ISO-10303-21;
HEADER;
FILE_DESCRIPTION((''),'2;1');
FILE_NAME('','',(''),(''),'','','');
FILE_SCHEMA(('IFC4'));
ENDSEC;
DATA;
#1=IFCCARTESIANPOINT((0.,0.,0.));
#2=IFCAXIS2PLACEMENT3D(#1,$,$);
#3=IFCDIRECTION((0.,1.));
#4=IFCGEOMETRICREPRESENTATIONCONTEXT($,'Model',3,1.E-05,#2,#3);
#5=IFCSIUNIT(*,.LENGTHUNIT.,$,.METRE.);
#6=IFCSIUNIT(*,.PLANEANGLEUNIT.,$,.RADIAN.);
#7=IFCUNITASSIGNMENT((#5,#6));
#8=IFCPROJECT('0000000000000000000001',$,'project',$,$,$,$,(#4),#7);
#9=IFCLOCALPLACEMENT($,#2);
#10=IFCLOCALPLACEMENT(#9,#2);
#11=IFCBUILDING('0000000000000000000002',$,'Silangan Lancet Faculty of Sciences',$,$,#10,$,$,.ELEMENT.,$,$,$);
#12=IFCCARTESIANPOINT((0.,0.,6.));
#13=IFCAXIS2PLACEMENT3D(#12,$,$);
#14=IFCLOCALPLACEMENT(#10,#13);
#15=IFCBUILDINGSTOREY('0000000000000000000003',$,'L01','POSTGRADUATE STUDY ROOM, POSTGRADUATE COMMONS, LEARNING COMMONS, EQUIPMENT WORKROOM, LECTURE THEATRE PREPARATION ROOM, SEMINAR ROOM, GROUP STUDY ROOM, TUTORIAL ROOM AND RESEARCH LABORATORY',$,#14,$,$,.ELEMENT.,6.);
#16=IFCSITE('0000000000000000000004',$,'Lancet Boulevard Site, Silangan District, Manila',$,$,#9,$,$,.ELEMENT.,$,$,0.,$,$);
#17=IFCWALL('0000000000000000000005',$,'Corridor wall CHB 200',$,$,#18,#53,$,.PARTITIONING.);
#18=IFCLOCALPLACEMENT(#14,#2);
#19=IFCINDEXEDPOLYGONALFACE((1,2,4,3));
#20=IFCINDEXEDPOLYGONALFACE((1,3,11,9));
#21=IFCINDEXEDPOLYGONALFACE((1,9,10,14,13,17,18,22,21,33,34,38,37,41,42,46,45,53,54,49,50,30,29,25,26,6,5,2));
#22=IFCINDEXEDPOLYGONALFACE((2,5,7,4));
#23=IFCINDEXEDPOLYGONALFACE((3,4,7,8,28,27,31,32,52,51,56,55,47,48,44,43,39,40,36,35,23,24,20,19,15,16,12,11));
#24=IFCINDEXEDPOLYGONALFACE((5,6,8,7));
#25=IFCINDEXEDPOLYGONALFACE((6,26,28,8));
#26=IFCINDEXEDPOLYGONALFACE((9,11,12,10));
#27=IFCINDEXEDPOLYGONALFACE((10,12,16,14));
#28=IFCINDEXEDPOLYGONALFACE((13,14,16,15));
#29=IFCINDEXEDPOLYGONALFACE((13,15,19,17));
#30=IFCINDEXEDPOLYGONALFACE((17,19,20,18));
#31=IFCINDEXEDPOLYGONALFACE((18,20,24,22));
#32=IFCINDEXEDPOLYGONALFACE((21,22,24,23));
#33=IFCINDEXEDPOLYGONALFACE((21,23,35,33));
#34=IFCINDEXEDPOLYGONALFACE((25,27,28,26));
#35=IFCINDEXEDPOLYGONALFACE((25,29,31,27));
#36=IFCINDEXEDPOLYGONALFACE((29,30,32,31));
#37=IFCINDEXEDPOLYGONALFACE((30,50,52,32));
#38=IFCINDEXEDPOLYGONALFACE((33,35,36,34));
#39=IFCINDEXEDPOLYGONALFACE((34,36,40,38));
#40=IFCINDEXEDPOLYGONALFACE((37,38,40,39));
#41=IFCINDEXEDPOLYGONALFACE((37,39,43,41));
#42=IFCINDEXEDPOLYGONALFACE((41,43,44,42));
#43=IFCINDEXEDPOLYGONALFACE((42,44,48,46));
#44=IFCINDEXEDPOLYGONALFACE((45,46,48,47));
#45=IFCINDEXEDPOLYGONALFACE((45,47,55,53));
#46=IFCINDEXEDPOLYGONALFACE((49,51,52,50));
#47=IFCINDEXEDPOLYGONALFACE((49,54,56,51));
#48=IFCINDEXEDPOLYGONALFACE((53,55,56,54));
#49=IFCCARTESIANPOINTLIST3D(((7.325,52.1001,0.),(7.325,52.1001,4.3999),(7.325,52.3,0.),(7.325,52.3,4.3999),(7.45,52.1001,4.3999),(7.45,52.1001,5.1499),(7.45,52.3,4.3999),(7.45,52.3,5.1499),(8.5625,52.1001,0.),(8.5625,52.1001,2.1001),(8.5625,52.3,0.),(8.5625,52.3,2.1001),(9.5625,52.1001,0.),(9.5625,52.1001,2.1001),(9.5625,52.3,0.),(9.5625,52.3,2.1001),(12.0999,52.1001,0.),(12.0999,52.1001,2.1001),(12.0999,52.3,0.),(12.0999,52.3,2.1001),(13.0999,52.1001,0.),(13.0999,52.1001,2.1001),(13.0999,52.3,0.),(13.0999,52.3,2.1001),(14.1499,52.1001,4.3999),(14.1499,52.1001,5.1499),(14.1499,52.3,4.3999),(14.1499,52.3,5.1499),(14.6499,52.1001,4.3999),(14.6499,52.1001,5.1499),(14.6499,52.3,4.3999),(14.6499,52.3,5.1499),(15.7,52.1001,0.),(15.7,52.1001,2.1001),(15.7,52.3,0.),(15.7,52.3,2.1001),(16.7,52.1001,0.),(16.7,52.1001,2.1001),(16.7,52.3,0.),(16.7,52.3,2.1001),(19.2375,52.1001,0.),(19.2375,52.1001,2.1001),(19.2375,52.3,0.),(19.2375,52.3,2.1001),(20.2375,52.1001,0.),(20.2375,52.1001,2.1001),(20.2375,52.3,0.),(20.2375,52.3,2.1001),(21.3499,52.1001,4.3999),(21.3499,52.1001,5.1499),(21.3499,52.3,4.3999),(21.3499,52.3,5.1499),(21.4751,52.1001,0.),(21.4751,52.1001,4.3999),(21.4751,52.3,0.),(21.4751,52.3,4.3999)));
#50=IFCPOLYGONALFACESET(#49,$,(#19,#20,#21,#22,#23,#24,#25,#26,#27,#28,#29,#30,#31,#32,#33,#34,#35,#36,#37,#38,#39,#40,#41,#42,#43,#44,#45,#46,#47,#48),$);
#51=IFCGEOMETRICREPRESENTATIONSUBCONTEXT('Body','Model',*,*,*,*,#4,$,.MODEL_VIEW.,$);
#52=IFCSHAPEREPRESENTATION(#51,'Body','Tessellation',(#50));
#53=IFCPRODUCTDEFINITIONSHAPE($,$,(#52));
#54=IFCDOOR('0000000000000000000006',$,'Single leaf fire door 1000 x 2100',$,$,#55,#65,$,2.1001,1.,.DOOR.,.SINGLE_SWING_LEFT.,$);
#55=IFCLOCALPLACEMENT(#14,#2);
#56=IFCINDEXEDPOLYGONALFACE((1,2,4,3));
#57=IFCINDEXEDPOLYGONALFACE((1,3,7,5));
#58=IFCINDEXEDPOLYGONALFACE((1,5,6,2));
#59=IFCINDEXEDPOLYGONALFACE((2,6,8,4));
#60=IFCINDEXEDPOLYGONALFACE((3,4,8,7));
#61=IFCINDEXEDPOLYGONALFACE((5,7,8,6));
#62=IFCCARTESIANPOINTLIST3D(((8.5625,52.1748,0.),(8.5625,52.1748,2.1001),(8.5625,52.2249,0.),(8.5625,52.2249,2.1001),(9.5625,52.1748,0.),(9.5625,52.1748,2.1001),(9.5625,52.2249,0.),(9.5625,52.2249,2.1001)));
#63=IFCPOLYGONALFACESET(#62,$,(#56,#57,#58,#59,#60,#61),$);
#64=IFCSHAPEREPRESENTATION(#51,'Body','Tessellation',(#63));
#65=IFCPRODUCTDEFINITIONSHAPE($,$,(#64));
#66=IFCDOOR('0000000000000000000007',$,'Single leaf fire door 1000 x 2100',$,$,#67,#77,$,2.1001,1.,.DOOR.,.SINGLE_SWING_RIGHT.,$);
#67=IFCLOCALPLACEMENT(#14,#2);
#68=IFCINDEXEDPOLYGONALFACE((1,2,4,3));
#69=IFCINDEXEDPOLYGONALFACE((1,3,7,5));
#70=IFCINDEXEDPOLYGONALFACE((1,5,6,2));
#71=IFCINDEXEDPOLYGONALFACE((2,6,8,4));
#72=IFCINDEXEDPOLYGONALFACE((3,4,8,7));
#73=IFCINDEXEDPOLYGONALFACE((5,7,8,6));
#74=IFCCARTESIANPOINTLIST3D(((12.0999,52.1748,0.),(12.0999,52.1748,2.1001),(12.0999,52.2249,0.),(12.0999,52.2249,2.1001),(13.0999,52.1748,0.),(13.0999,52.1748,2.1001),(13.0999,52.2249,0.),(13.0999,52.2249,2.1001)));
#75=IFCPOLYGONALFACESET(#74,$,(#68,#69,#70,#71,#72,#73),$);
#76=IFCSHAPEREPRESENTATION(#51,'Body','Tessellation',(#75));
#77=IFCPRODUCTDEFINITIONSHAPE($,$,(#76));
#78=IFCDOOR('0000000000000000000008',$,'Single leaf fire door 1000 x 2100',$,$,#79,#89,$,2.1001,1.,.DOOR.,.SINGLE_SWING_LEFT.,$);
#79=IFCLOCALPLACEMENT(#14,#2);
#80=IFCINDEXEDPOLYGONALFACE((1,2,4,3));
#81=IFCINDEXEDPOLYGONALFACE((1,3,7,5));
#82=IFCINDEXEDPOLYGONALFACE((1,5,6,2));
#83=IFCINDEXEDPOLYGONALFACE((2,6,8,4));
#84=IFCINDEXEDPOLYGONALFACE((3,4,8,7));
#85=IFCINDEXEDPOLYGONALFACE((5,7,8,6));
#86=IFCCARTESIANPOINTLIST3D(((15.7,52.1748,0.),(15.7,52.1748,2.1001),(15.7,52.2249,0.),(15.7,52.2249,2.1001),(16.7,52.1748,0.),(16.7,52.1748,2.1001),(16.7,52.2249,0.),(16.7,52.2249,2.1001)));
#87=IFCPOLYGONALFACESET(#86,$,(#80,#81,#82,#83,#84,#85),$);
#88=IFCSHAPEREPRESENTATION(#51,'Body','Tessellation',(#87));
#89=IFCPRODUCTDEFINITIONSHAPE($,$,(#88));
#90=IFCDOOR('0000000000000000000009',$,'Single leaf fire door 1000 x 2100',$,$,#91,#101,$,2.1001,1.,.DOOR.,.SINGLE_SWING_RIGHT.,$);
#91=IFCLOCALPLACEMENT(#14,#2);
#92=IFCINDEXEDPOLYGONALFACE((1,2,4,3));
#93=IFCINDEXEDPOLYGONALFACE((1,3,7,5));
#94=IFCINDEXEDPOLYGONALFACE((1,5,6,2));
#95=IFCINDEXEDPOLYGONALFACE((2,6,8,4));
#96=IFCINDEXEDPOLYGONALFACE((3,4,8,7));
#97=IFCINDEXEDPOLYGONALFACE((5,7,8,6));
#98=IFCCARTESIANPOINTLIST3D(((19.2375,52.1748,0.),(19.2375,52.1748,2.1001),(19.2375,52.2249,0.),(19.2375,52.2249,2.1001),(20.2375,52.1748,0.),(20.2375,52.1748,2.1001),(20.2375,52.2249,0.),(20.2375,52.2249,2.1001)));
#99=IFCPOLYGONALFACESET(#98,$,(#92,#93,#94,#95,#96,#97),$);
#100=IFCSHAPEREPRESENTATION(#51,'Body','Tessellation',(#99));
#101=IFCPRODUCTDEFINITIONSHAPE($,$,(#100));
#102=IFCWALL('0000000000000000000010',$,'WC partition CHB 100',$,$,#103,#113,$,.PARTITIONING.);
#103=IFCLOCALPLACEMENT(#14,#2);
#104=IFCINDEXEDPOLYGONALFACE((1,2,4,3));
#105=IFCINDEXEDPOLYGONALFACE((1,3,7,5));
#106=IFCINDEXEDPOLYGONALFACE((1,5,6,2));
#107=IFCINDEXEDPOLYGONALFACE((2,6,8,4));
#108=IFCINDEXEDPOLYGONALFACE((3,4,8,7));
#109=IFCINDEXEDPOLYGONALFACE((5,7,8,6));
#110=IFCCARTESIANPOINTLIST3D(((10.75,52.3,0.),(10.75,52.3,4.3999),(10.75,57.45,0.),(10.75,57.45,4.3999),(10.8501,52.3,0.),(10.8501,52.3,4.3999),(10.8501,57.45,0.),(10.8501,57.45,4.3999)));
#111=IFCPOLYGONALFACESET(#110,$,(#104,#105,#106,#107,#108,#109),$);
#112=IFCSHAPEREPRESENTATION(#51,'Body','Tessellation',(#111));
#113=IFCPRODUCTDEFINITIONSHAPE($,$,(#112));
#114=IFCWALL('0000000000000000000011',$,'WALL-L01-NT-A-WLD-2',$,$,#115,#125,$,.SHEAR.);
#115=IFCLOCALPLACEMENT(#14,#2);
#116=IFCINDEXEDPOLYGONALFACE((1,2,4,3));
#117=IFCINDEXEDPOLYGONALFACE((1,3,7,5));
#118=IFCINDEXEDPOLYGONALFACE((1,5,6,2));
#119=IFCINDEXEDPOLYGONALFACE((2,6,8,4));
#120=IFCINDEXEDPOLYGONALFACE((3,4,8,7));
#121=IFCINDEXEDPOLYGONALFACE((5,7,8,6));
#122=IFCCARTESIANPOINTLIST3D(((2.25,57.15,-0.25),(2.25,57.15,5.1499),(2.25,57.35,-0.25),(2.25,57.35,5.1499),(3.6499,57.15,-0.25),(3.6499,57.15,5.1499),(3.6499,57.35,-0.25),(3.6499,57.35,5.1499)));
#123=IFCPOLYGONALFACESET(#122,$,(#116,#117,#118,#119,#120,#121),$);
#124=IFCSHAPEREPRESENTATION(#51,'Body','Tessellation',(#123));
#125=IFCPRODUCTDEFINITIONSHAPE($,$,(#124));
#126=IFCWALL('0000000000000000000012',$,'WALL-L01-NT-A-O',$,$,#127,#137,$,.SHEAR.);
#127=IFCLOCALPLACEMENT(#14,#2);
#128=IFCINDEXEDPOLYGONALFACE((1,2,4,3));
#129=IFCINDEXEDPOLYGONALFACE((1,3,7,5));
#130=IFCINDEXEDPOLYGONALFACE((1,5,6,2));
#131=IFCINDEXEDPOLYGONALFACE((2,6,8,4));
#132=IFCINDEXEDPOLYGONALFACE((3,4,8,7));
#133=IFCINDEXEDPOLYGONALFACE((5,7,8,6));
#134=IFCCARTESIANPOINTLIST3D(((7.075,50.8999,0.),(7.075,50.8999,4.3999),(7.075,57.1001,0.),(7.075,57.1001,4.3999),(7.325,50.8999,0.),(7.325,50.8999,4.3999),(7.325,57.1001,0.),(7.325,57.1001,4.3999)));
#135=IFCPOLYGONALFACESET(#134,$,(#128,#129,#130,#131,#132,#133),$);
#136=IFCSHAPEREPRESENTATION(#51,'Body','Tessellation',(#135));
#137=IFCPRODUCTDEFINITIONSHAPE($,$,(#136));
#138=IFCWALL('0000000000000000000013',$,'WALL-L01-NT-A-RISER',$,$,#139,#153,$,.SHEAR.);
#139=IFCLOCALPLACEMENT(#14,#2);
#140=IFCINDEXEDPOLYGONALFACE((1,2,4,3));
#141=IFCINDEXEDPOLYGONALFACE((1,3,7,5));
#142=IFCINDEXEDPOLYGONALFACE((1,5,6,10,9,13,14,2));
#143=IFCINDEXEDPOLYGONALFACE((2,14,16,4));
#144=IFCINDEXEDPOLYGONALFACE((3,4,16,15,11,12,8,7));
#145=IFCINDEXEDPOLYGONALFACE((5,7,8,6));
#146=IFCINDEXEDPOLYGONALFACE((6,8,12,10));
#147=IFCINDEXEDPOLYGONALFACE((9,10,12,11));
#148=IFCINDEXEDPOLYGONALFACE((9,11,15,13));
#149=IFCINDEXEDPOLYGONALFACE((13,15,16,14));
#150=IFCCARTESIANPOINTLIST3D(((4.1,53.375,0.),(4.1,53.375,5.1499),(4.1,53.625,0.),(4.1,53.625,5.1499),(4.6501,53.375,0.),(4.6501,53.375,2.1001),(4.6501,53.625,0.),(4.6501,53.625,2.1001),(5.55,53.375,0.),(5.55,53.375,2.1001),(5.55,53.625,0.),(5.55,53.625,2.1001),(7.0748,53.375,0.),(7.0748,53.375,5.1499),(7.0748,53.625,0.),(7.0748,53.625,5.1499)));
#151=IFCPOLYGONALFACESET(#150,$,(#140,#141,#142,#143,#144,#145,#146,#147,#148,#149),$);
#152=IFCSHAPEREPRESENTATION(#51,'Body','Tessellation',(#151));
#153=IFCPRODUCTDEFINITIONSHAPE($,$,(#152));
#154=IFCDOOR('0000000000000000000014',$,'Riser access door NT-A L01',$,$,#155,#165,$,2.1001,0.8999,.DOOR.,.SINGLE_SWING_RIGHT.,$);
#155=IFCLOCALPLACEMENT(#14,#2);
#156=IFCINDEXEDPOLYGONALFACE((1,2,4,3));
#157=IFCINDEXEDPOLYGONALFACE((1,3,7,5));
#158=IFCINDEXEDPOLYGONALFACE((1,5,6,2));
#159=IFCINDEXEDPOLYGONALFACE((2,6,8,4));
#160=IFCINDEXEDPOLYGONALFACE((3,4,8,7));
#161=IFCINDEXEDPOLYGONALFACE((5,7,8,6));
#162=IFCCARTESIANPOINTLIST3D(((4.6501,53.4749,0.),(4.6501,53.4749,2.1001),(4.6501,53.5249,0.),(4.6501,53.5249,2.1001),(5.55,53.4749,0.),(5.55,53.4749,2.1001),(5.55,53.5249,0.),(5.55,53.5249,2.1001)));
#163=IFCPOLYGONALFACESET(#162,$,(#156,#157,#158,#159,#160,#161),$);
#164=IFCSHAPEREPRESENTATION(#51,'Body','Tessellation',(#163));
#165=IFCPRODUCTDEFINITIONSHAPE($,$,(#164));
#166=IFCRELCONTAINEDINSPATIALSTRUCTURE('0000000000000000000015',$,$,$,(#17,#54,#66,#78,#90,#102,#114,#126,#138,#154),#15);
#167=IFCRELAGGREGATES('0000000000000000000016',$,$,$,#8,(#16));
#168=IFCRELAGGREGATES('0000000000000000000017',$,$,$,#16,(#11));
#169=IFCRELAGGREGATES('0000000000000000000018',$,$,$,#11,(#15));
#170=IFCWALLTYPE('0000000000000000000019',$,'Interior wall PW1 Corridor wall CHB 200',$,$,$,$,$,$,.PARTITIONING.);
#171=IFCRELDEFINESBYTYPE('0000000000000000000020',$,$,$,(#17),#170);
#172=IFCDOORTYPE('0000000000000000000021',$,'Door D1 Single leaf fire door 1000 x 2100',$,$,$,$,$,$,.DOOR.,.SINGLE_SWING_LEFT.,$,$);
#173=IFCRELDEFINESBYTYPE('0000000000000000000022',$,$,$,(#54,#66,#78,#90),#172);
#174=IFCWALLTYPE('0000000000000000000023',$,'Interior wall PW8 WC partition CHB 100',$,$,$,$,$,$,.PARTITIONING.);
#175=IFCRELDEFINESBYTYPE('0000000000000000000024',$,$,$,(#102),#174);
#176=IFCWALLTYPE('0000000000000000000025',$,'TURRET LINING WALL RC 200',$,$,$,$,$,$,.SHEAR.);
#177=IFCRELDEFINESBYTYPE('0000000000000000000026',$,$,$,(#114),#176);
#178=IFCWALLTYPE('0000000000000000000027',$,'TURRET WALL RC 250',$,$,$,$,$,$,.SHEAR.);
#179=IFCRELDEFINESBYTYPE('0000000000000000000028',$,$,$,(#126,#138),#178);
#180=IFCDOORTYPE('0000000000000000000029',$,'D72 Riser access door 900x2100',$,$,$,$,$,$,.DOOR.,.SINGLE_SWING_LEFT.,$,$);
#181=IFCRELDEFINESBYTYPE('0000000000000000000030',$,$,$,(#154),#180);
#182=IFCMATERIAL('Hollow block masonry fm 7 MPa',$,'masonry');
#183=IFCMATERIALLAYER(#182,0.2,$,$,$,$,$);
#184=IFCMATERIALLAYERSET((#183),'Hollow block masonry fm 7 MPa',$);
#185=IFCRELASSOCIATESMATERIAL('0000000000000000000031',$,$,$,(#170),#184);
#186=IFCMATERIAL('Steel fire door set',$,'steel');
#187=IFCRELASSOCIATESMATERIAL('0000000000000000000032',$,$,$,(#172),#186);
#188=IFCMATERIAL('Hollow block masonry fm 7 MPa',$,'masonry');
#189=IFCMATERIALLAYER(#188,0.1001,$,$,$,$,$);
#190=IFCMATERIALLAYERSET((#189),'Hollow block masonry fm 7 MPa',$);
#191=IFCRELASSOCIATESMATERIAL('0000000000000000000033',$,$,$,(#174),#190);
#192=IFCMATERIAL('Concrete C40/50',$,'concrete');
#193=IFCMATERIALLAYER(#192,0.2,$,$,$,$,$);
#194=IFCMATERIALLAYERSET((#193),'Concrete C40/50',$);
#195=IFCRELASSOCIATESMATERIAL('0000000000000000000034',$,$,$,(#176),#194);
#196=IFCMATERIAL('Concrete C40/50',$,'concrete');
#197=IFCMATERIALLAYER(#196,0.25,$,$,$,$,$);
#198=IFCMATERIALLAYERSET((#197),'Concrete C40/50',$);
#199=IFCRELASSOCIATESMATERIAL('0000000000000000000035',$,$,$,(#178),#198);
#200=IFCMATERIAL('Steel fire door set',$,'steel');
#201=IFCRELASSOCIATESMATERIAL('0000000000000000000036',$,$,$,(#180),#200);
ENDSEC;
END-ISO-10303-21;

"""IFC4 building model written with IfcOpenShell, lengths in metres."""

from ifc_helpers import new_model, si_unit, direction, frame, frame_2d, origin, place, context, subcontext, project, spatial, polyline, rectangle, outline, extrude, material, layer, layer_set, type_object, element, fill, save


model = new_model("IFC4")

# Units and contexts
model_context = context("Model", 3, precision=1e-05, world=origin(), true_north=direction((0.0, 1.0)))
body_context = subcontext(model_context, "Body", "Model", "MODEL_VIEW")
ifc_project = project(units=[si_unit("LENGTHUNIT", "METRE"), si_unit("PLANEANGLEUNIT", "RADIAN")], contexts=[model_context])

# Site, building, storey
site_placement = place(None, origin())
site = spatial("IfcSite", under=ifc_project, at=site_placement, Name="Lancet Boulevard Site, Silangan District, Manila", CompositionType="ELEMENT", RefElevation=0.0)
building_placement = place(site_placement, origin())
building = spatial("IfcBuilding", under=site, at=building_placement, Name="Silangan Lancet Faculty of Sciences", CompositionType="ELEMENT")
storey_placement = place(building_placement, frame((0.0, 0.0, 6.0)))
storey = spatial("IfcBuildingStorey", under=building, at=storey_placement, Name="L01", Description="POSTGRADUATE STUDY ROOM, POSTGRADUATE COMMONS, LEARNING COMMONS, EQUIPMENT WORKROOM, LECTURE THEATRE PREPARATION ROOM, SEMINAR ROOM, GROUP STUDY ROOM, TUTORIAL ROOM AND RESEARCH LABORATORY", CompositionType="ELEMENT", Elevation=6.0)

# Wall, openings, doors
ifc_material_1 = material(Name="Hollow block masonry fm 7 MPa", Category="masonry")
ifc_layer_1 = layer(ifc_material_1, 0.2)
ifc_layer_set_1 = layer_set([ifc_layer_1], Name="Hollow block masonry fm 7 MPa")
wall_type_1 = type_object("IfcWallType", Name="Interior wall PW1 Corridor wall CHB 200", PredefinedType="PARTITIONING", material=ifc_layer_set_1)
wall_1_placement = place(storey_placement, frame((7.325, 52.2, 0.0), z_axis=(0.0, 0.0, 1.0), x_axis=(1.0, 0.0, 0.0)))
wall_1 = element("IfcWall", 1, at=wall_1_placement, inside=storey, type_object=wall_type_1, Name="Corridor wall CHB 200", PredefinedType="PARTITIONING", context=body_context, shape_type="SweptSolid", body=[
    extrude(outline(polyline([(0.0, 0.0), (14.1501, 0.0), (14.1501, 4.3999), (14.0249, 4.3999), (14.0249, 5.1499), (7.325, 5.1499), (7.325, 4.3999), (6.825, 4.3999), (6.825, 5.1499), (0.125, 5.1499), (0.125, 4.3999), (0.0, 4.3999), (0.0, 0.0)])), frame((0.0, 0.1001, 0.0), z_axis=(0.0, -1.0, 0.0), x_axis=(1.0, 0.0, 0.0)), (0.0, 0.0, 1.0), 0.2),
])
opening_1_placement = place(wall_1_placement, frame((1.2375, 0.0, 0.0)))
opening_1 = element("IfcOpeningElement", 2, at=opening_1_placement, cuts=wall_1, PredefinedType="OPENING", context=body_context, shape_type="SweptSolid", body=[
    extrude(rectangle(XDim=1.0, YDim=2.1001, at=frame_2d((0.5, 1.05))), frame((0.0, 0.1099, 0.0), z_axis=(0.0, -1.0, 0.0), x_axis=(1.0, 0.0, 0.0)), (0.0, 0.0, 1.0), 0.22),
])
opening_2_placement = place(wall_1_placement, frame((4.7749, 0.0, 0.0)))
opening_2 = element("IfcOpeningElement", 3, at=opening_2_placement, cuts=wall_1, PredefinedType="OPENING", context=body_context, shape_type="SweptSolid", body=[
    extrude(rectangle(XDim=1.0, YDim=2.1001, at=frame_2d((0.5, 1.05))), frame((0.0, 0.1099, 0.0), z_axis=(0.0, -1.0, 0.0), x_axis=(1.0, 0.0, 0.0)), (0.0, 0.0, 1.0), 0.22),
])
opening_3_placement = place(wall_1_placement, frame((8.375, 0.0, 0.0)))
opening_3 = element("IfcOpeningElement", 4, at=opening_3_placement, cuts=wall_1, PredefinedType="OPENING", context=body_context, shape_type="SweptSolid", body=[
    extrude(rectangle(XDim=1.0, YDim=2.1001, at=frame_2d((0.5, 1.05))), frame((0.0, 0.1099, 0.0), z_axis=(0.0, -1.0, 0.0), x_axis=(1.0, 0.0, 0.0)), (0.0, 0.0, 1.0), 0.22),
])
opening_4_placement = place(wall_1_placement, frame((11.9126, 0.0, 0.0)))
opening_4 = element("IfcOpeningElement", 5, at=opening_4_placement, cuts=wall_1, PredefinedType="OPENING", context=body_context, shape_type="SweptSolid", body=[
    extrude(rectangle(XDim=1.0, YDim=2.1001, at=frame_2d((0.5, 1.05))), frame((0.0, 0.1099, 0.0), z_axis=(0.0, -1.0, 0.0), x_axis=(1.0, 0.0, 0.0)), (0.0, 0.0, 1.0), 0.22),
])
ifc_material_2 = material(Name="Steel fire door set", Category="steel")
door_type_1 = type_object("IfcDoorType", Name="Door D1 Single leaf fire door 1000 x 2100", OperationType="SINGLE_SWING_LEFT", PredefinedType="DOOR", material=ifc_material_2)
door_1_placement = place(opening_1_placement, origin())
door_1 = element("IfcDoor", 6, at=door_1_placement, inside=storey, type_object=door_type_1, Name="Single leaf fire door 1000 x 2100", OperationType="SINGLE_SWING_LEFT", OverallHeight=2.1001, OverallWidth=1.0, PredefinedType="DOOR", context=body_context, shape_type="SweptSolid", body=[
    extrude(rectangle(XDim=1.0, YDim=2.1001, at=frame_2d((0.5, 1.05))), frame((0.0, 0.0249, 0.0), z_axis=(0.0, -1.0, 0.0), x_axis=(1.0, 0.0, 0.0)), (0.0, 0.0, 1.0), 0.05),
])
fill(opening_1, door_1)
door_2_placement = place(opening_2_placement, origin())
door_2 = element("IfcDoor", 7, at=door_2_placement, inside=storey, type_object=door_type_1, Name="Single leaf fire door 1000 x 2100", OperationType="SINGLE_SWING_RIGHT", OverallHeight=2.1001, OverallWidth=1.0, PredefinedType="DOOR", context=body_context, shape_type="SweptSolid", body=[
    extrude(rectangle(XDim=1.0, YDim=2.1001, at=frame_2d((0.5, 1.05))), frame((0.0, 0.0249, 0.0), z_axis=(0.0, -1.0, 0.0), x_axis=(1.0, 0.0, 0.0)), (0.0, 0.0, 1.0), 0.05),
])
fill(opening_2, door_2)
door_3_placement = place(opening_3_placement, origin())
door_3 = element("IfcDoor", 8, at=door_3_placement, inside=storey, type_object=door_type_1, Name="Single leaf fire door 1000 x 2100", OperationType="SINGLE_SWING_LEFT", OverallHeight=2.1001, OverallWidth=1.0, PredefinedType="DOOR", context=body_context, shape_type="SweptSolid", body=[
    extrude(rectangle(XDim=1.0, YDim=2.1001, at=frame_2d((0.5, 1.05))), frame((0.0, 0.0249, 0.0), z_axis=(0.0, -1.0, 0.0), x_axis=(1.0, 0.0, 0.0)), (0.0, 0.0, 1.0), 0.05),
])
fill(opening_3, door_3)
door_4_placement = place(opening_4_placement, origin())
door_4 = element("IfcDoor", 9, at=door_4_placement, inside=storey, type_object=door_type_1, Name="Single leaf fire door 1000 x 2100", OperationType="SINGLE_SWING_RIGHT", OverallHeight=2.1001, OverallWidth=1.0, PredefinedType="DOOR", context=body_context, shape_type="SweptSolid", body=[
    extrude(rectangle(XDim=1.0, YDim=2.1001, at=frame_2d((0.5, 1.05))), frame((0.0, 0.0249, 0.0), z_axis=(0.0, -1.0, 0.0), x_axis=(1.0, 0.0, 0.0)), (0.0, 0.0, 1.0), 0.05),
])
fill(opening_4, door_4)

# Walls
ifc_material_3 = material(Name="Hollow block masonry fm 7 MPa", Category="masonry")
ifc_layer_2 = layer(ifc_material_3, 0.1001)
ifc_layer_set_2 = layer_set([ifc_layer_2], Name="Hollow block masonry fm 7 MPa")
wall_type_2 = type_object("IfcWallType", Name="Interior wall PW8 WC partition CHB 100", PredefinedType="PARTITIONING", material=ifc_layer_set_2)
wall_2_placement = place(storey_placement, frame((10.8, 52.3, 0.0), z_axis=(0.0, 0.0, 1.0), x_axis=(0.0, 1.0, 0.0)))
element("IfcWall", 10, at=wall_2_placement, inside=storey, type_object=wall_type_2, Name="WC partition CHB 100", PredefinedType="PARTITIONING", context=body_context, shape_type="SweptSolid", body=[
    extrude(rectangle(XDim=5.1499, YDim=0.1001, at=frame_2d((2.575, 0.0))), origin(), (0.0, 0.0, 1.0), 4.3999),
])
ifc_material_4 = material(Name="Concrete C40/50", Category="concrete")
ifc_layer_3 = layer(ifc_material_4, 0.2)
ifc_layer_set_3 = layer_set([ifc_layer_3], Name="Concrete C40/50")
wall_type_3 = type_object("IfcWallType", Name="TURRET LINING WALL RC 200", PredefinedType="SHEAR", material=ifc_layer_set_3)
wall_3_placement = place(storey_placement, frame((2.25, 57.25, -0.25), z_axis=(0.0, 0.0, 1.0), x_axis=(1.0, 0.0, 0.0)))
element("IfcWall", 11, at=wall_3_placement, inside=storey, type_object=wall_type_3, Name="WALL-L01-NT-A-WLD-2", PredefinedType="SHEAR", context=body_context, shape_type="SweptSolid", body=[
    extrude(rectangle(XDim=1.3999, YDim=0.2, at=frame_2d((0.7, 0.0))), origin(), (0.0, 0.0, 1.0), 5.3999),
])
ifc_material_5 = material(Name="Concrete C40/50", Category="concrete")
ifc_layer_4 = layer(ifc_material_5, 0.25)
ifc_layer_set_4 = layer_set([ifc_layer_4], Name="Concrete C40/50")
wall_type_4 = type_object("IfcWallType", Name="TURRET WALL RC 250", PredefinedType="SHEAR", material=ifc_layer_set_4)
wall_4_placement = place(storey_placement, frame((7.2, 50.8999, 0.0), z_axis=(0.0, 0.0, 1.0), x_axis=(0.0, 1.0, 0.0)))
element("IfcWall", 12, at=wall_4_placement, inside=storey, type_object=wall_type_4, Name="WALL-L01-NT-A-O", PredefinedType="SHEAR", context=body_context, shape_type="SweptSolid", body=[
    extrude(rectangle(XDim=6.2002, YDim=0.25, at=frame_2d((3.1001, 0.0))), origin(), (0.0, 0.0, 1.0), 4.3999),
])

# Wall, opening, door
wall_5_placement = place(storey_placement, frame((4.1001, 53.5, 0.0), z_axis=(0.0, 0.0, 1.0), x_axis=(1.0, 0.0, 0.0)))
wall_5 = element("IfcWall", 13, at=wall_5_placement, inside=storey, type_object=wall_type_4, Name="WALL-L01-NT-A-RISER", PredefinedType="SHEAR", context=body_context, shape_type="SweptSolid", body=[
    extrude(rectangle(XDim=2.9749, YDim=0.25, at=frame_2d((1.4873, 0.0))), origin(), (0.0, 0.0, 1.0), 5.1499),
])
opening_5_placement = place(wall_5_placement, frame((0.55, 0.0, 0.0)))
opening_5 = element("IfcOpeningElement", 14, at=opening_5_placement, cuts=wall_5, PredefinedType="OPENING", context=body_context, shape_type="SweptSolid", body=[
    extrude(rectangle(XDim=0.8999, YDim=2.1001, at=frame_2d((0.45, 1.05))), frame((0.0, 0.135, 0.0), z_axis=(0.0, -1.0, 0.0), x_axis=(1.0, 0.0, 0.0)), (0.0, 0.0, 1.0), 0.27),
])
ifc_material_6 = material(Name="Steel fire door set", Category="steel")
door_type_2 = type_object("IfcDoorType", Name="D72 Riser access door 900x2100", OperationType="SINGLE_SWING_LEFT", PredefinedType="DOOR", material=ifc_material_6)
door_5_placement = place(opening_5_placement, origin())
door_5 = element("IfcDoor", 15, at=door_5_placement, inside=storey, type_object=door_type_2, Name="Riser access door NT-A L01", OperationType="SINGLE_SWING_RIGHT", OverallHeight=2.1001, OverallWidth=0.8999, PredefinedType="DOOR", context=body_context, shape_type="SweptSolid", body=[
    extrude(rectangle(XDim=0.8999, YDim=2.1001, at=frame_2d((0.45, 1.05))), frame((0.0, 0.0249, 0.0), z_axis=(0.0, -1.0, 0.0), x_axis=(1.0, 0.0, 0.0)), (0.0, 0.0, 1.0), 0.05),
])
fill(opening_5, door_5)

save(model, "model.ifc")
